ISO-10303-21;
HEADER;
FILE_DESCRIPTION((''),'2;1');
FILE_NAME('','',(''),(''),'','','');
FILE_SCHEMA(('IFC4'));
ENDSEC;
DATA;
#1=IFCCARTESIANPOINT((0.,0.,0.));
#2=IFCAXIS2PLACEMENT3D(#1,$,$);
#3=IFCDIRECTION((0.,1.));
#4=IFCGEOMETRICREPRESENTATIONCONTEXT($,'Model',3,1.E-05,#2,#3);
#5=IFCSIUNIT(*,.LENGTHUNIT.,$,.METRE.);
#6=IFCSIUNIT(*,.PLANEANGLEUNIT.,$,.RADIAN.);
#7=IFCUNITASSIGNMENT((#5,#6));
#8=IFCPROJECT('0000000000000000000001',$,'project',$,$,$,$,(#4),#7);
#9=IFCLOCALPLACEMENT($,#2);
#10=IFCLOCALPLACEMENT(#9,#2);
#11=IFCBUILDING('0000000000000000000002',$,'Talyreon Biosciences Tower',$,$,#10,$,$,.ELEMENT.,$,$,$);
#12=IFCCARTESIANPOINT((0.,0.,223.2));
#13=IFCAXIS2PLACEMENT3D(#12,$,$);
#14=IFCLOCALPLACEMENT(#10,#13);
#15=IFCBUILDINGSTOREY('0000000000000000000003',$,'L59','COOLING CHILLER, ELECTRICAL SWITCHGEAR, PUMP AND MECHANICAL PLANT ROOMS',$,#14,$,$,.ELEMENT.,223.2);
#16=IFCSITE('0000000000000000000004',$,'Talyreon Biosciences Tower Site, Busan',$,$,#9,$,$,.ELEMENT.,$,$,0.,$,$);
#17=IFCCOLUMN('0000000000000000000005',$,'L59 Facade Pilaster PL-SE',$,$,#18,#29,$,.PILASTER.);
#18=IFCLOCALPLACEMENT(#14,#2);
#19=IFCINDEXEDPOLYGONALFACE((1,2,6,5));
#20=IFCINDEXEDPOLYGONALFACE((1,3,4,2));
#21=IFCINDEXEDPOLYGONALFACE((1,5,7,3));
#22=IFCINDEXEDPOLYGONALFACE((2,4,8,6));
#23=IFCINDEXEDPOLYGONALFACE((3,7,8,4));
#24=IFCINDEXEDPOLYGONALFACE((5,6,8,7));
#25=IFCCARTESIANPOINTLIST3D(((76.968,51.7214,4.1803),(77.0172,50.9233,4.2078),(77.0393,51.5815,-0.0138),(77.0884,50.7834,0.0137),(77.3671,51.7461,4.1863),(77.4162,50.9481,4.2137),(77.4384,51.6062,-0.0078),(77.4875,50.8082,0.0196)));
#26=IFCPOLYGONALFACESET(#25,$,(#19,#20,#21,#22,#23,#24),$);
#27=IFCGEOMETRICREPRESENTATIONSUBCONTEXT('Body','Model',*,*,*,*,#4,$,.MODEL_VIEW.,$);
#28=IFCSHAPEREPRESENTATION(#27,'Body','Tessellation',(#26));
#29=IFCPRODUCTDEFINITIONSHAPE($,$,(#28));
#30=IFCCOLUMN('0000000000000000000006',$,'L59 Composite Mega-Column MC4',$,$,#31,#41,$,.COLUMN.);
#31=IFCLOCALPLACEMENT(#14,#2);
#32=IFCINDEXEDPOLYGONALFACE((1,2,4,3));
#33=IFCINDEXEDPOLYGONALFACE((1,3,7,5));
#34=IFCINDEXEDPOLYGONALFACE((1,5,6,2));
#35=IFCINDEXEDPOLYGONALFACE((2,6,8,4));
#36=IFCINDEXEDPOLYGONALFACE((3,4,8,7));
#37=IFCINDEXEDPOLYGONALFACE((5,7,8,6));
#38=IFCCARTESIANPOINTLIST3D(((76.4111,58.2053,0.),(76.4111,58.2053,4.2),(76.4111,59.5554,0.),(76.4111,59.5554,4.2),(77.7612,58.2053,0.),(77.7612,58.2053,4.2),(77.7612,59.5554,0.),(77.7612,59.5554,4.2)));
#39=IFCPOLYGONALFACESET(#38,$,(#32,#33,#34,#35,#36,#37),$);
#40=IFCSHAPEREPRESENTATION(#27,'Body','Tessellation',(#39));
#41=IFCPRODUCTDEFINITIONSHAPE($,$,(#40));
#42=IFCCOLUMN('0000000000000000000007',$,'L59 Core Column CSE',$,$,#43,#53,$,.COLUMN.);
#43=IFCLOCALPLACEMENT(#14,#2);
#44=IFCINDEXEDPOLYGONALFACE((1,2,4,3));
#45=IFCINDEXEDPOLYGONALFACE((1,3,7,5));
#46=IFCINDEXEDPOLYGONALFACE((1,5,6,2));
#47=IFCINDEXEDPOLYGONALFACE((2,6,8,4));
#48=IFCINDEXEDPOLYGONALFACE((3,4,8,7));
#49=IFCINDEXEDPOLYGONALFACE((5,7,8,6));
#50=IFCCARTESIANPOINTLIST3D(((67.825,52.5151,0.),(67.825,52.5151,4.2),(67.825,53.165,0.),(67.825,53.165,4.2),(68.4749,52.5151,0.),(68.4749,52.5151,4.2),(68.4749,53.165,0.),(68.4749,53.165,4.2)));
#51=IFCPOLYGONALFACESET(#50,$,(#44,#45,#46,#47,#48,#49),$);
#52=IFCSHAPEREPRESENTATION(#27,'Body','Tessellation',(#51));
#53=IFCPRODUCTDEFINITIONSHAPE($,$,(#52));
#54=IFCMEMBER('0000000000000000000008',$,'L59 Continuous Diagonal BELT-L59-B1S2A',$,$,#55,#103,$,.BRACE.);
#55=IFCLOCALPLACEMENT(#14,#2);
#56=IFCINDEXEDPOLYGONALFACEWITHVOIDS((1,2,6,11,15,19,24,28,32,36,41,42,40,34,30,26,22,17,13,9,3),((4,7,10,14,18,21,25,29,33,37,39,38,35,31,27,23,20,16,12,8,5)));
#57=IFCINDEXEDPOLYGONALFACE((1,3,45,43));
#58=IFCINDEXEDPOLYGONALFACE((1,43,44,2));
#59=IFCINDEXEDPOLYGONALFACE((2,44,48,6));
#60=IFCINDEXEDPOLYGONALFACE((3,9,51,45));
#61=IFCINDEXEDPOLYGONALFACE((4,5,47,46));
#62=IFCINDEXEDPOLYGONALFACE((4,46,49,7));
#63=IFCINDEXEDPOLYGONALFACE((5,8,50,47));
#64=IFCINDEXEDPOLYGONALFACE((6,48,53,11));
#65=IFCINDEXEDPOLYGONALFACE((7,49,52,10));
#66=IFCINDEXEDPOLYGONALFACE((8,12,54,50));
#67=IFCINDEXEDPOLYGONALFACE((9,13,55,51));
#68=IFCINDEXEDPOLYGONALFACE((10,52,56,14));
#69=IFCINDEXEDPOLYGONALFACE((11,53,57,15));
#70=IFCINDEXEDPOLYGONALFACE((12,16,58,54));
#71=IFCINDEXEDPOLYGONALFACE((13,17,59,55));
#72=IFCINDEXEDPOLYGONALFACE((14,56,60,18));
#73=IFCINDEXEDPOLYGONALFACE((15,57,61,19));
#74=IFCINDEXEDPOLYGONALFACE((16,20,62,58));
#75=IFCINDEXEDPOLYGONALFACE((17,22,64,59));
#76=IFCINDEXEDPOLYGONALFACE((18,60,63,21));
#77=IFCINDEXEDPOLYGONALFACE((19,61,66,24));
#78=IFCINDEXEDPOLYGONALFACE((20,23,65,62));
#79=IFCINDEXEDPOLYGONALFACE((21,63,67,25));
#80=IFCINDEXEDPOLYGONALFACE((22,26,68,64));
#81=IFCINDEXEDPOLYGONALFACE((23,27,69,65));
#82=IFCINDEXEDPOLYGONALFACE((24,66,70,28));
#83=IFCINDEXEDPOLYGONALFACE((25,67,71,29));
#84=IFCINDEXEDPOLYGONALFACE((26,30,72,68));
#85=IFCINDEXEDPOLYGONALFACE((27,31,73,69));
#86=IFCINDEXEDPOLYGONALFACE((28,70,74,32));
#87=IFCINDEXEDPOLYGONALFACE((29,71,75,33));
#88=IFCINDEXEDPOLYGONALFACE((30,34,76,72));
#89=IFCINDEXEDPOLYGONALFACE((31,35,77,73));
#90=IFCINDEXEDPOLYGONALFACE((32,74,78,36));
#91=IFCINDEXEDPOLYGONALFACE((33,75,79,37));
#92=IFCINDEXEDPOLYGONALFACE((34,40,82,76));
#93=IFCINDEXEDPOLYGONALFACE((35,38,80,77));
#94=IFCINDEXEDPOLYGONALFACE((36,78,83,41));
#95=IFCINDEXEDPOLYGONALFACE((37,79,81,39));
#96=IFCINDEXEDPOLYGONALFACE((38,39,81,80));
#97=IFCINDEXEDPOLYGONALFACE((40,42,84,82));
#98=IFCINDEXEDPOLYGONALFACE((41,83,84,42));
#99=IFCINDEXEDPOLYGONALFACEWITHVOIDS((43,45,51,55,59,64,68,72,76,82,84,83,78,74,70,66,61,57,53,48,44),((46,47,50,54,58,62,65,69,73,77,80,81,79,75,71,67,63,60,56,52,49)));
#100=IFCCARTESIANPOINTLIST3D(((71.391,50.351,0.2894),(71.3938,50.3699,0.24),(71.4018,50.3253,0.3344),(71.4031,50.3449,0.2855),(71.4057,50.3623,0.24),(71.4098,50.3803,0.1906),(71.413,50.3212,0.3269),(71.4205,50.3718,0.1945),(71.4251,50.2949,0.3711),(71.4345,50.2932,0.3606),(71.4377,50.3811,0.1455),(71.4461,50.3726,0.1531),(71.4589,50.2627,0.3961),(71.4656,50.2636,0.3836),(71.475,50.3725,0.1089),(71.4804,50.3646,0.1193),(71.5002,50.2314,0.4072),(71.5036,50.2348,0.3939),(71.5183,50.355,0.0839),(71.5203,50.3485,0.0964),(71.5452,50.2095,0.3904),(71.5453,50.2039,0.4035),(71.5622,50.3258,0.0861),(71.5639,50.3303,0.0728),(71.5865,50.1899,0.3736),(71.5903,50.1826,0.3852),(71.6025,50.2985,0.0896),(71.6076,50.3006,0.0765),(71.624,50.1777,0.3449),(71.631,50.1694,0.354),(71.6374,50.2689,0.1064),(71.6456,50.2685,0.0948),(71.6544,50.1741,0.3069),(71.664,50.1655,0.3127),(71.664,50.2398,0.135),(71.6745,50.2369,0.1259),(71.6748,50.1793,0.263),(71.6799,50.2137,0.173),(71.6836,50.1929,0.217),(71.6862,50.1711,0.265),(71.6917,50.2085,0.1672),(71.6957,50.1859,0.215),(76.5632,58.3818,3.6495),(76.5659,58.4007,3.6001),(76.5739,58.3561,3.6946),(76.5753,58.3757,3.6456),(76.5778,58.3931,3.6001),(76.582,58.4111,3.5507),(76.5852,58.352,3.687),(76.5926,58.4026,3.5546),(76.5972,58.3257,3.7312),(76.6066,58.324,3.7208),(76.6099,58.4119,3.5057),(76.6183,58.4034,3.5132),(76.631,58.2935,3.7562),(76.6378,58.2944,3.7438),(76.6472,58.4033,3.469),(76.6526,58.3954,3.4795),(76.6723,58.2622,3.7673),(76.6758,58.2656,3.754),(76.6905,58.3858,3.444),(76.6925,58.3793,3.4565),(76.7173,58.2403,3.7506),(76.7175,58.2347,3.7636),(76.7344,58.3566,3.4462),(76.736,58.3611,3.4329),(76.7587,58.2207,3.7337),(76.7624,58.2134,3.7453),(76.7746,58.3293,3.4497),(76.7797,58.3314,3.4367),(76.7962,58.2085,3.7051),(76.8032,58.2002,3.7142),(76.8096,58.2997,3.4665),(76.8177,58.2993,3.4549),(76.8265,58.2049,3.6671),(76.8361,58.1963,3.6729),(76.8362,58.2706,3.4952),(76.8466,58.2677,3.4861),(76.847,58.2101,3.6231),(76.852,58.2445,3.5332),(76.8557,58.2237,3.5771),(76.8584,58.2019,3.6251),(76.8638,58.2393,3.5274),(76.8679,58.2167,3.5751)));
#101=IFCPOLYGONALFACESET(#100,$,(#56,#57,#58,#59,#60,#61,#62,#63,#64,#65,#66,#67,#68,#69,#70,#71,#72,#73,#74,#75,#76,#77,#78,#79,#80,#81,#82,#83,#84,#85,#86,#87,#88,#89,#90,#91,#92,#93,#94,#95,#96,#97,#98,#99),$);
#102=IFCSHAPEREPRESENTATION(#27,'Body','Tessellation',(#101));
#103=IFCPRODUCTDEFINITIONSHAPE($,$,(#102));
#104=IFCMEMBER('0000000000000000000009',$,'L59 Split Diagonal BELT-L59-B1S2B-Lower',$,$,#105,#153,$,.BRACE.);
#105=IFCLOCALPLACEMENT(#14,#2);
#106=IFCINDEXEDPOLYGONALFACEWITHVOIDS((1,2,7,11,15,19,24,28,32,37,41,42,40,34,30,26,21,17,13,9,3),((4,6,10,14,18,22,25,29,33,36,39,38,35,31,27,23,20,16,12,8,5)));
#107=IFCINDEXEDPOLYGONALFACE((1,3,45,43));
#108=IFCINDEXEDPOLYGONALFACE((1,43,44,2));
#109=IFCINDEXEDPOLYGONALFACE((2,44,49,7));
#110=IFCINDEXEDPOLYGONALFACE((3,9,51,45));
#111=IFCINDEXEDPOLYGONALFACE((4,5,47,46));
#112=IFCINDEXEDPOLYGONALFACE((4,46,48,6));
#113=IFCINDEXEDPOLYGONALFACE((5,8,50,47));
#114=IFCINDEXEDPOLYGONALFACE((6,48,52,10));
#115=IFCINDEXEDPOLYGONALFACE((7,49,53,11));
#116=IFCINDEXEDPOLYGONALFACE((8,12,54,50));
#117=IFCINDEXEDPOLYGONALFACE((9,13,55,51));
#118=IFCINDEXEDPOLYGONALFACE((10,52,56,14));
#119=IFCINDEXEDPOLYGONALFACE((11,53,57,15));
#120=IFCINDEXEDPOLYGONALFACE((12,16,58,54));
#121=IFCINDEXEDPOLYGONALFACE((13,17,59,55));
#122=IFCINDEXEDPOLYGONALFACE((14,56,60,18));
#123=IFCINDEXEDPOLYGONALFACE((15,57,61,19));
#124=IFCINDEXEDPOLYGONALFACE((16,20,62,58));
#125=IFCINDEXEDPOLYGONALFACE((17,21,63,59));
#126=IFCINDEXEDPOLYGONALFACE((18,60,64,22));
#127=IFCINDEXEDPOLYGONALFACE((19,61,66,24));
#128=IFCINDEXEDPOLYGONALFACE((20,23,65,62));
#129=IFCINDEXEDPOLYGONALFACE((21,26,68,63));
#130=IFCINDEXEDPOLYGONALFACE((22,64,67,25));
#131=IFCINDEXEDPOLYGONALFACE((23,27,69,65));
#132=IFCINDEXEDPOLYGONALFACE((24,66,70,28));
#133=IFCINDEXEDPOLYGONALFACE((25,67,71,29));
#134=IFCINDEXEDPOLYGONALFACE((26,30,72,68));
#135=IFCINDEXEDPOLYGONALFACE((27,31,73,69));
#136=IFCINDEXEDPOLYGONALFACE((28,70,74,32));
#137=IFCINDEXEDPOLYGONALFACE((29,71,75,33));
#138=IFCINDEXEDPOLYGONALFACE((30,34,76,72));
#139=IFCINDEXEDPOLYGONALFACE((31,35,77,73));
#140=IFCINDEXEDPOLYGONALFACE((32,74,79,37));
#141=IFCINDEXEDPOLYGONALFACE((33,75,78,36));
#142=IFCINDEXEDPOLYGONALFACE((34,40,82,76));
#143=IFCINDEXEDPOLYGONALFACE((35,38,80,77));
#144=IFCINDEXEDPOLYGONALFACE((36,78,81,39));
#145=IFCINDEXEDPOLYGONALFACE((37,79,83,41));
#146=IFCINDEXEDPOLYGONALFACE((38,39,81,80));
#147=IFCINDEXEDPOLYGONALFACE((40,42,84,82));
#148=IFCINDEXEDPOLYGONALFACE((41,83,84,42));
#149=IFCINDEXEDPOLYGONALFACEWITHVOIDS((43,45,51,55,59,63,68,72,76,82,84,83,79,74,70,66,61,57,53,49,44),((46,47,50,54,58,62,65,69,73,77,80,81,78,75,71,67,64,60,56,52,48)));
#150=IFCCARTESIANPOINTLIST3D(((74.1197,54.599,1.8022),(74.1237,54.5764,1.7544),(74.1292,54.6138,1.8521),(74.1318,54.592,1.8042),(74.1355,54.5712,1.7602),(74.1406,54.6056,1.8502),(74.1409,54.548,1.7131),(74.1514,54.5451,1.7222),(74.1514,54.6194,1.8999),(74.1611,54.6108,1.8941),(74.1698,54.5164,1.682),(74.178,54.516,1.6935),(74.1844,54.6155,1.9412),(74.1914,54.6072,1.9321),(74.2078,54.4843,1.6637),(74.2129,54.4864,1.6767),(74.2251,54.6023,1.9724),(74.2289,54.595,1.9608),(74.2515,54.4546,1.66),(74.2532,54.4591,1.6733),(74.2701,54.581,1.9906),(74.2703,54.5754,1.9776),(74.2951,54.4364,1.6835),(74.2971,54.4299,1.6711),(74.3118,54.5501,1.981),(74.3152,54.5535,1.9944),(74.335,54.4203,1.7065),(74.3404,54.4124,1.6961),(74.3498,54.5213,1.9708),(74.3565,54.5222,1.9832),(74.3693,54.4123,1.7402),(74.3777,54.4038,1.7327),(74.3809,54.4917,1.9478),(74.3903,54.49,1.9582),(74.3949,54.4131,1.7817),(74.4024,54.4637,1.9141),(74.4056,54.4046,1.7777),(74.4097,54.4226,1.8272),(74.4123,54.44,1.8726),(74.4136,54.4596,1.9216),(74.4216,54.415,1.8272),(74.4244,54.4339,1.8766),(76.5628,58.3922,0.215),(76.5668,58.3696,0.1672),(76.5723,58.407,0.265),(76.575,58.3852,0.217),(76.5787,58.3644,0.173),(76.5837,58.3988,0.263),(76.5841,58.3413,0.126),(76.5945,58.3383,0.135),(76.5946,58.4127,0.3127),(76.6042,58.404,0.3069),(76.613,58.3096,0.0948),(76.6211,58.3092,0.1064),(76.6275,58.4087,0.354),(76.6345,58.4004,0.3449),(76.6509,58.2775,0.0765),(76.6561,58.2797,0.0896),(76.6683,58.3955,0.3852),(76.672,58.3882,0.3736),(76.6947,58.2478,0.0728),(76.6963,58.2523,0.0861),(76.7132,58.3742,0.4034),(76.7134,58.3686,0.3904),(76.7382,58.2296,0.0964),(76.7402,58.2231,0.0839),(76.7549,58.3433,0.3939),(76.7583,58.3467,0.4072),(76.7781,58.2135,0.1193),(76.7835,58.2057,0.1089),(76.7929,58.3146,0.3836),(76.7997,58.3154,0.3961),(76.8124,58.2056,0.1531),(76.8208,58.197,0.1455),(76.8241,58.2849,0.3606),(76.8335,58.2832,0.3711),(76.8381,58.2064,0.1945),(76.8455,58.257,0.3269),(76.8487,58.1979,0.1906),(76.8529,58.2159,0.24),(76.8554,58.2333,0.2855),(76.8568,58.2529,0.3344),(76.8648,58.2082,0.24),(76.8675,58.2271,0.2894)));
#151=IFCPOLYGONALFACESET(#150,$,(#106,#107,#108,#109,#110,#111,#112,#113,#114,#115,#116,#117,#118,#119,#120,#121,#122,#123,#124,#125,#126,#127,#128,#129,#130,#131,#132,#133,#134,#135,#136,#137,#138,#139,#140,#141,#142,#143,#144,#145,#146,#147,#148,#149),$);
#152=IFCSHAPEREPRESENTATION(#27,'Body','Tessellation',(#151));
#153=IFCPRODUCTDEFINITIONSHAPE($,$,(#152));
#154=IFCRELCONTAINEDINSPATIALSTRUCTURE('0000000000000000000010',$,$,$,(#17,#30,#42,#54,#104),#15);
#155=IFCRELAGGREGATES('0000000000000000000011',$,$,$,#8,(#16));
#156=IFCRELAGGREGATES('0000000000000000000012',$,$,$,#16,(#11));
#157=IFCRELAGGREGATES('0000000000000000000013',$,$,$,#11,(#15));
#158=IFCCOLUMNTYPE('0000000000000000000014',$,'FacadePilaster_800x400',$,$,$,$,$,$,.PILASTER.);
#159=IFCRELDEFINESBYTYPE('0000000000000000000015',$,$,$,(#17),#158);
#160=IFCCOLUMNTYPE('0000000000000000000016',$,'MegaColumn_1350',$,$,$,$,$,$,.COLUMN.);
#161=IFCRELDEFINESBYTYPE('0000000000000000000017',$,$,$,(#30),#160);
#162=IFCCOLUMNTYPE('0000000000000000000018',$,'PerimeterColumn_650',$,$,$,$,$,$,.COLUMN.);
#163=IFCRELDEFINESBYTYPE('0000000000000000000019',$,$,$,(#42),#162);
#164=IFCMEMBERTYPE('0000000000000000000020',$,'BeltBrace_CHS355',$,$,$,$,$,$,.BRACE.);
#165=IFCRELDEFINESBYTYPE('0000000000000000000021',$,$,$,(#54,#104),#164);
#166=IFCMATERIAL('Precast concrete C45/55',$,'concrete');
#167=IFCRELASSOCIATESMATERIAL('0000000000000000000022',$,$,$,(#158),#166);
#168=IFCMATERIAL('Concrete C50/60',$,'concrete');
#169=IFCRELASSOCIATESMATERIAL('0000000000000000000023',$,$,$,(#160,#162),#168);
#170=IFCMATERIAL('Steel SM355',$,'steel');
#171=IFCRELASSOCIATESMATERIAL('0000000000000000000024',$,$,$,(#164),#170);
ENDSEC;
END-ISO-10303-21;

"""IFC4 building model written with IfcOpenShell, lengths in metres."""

from ifc_helpers import new_model, si_unit, direction, frame, origin, origin_2d, place, context, subcontext, project, spatial, rectangle, hollow_circle, extrude, material, material_profile, profile_set, type_object, element, save


model = new_model("IFC4")

# Units and contexts
model_context = context("Model", 3, precision=1e-05, world=origin(), true_north=direction((0.0, 1.0)))
body_context = subcontext(model_context, "Body", "Model", "MODEL_VIEW")
ifc_project = project(units=[si_unit("LENGTHUNIT", "METRE"), si_unit("PLANEANGLEUNIT", "RADIAN")], contexts=[model_context])

# Site, building, storey
site_placement = place(None, origin())
site = spatial("IfcSite", under=ifc_project, at=site_placement, Name="Talyreon Biosciences Tower Site, Busan", CompositionType="ELEMENT", RefElevation=0.0)
building_placement = place(site_placement, origin())
building = spatial("IfcBuilding", under=site, at=building_placement, Name="Talyreon Biosciences Tower", CompositionType="ELEMENT")
storey_placement = place(building_placement, frame((0.0, 0.0, 223.2)))
storey = spatial("IfcBuildingStorey", under=building, at=storey_placement, Name="L59", Description="COOLING CHILLER, ELECTRICAL SWITCHGEAR, PUMP AND MECHANICAL PLANT ROOMS", CompositionType="ELEMENT", Elevation=223.2)

# Columns
ifc_material_1 = material(Name="Precast concrete C45/55", Category="concrete")
ifc_material_profile_1 = material_profile(ifc_material_1, rectangle(XDim=0.8, YDim=0.3999, at=origin_2d()), Name="RC 800x400")
ifc_profile_set_1 = profile_set([ifc_material_profile_1], Name="Precast concrete C45/55")
column_type_1 = type_object("IfcColumnType", Name="FacadePilaster_800x400", PredefinedType="PILASTER", material=ifc_profile_set_1)
column_1_placement = place(storey_placement, frame((77.2634, 51.1948, 0.0029), z_axis=(-0.016986, 0.033331, 0.9993), x_axis=(0.061407, -0.997523, 0.034316)))
element("IfcColumn", 1, at=column_1_placement, inside=storey, type_object=column_type_1, Name="L59 Facade Pilaster PL-SE", PredefinedType="PILASTER", context=body_context, shape_type="SweptSolid", body=[
    extrude(rectangle(XDim=0.8, YDim=0.3999, at=origin_2d()), origin(), (0.0, 0.0, 1.0), 4.197),
])
ifc_material_2 = material(Name="Concrete C50/60", Category="concrete")
ifc_material_profile_2 = material_profile(ifc_material_2, rectangle(XDim=1.3501, YDim=1.3501, at=origin_2d()), Name="RC 1350x1350")
ifc_profile_set_2 = profile_set([ifc_material_profile_2], Name="Concrete C50/60")
column_type_2 = type_object("IfcColumnType", Name="MegaColumn_1350", PredefinedType="COLUMN", material=ifc_profile_set_2)
column_2_placement = place(storey_placement, frame((77.0862, 58.8804, 0.0), z_axis=(0.0, 0.0, 1.0), x_axis=(1.0, 0.0, 0.0)))
element("IfcColumn", 2, at=column_2_placement, inside=storey, type_object=column_type_2, Name="L59 Composite Mega-Column MC4", PredefinedType="COLUMN", context=body_context, shape_type="SweptSolid", body=[
    extrude(rectangle(XDim=1.3501, YDim=1.3501, at=origin_2d()), origin(), (0.0, 0.0, 1.0), 4.2),
])
ifc_material_profile_3 = material_profile(ifc_material_2, rectangle(XDim=0.6499, YDim=0.6499, at=origin_2d()), Name="RC 650x650")
ifc_profile_set_3 = profile_set([ifc_material_profile_3], Name="Concrete C50/60")
column_type_3 = type_object("IfcColumnType", Name="PerimeterColumn_650", PredefinedType="COLUMN", material=ifc_profile_set_3)
column_3_placement = place(storey_placement, frame((68.1499, 52.8401, 0.0), z_axis=(0.0, 0.0, 1.0), x_axis=(1.0, 0.0, 0.0)))
element("IfcColumn", 3, at=column_3_placement, inside=storey, type_object=column_type_3, Name="L59 Core Column CSE", PredefinedType="COLUMN", context=body_context, shape_type="SweptSolid", body=[
    extrude(rectangle(XDim=0.6499, YDim=0.6499, at=origin_2d()), origin(), (0.0, 0.0, 1.0), 4.2),
])

# Members
ifc_material_3 = material(Name="Steel SM355", Category="steel")
ifc_material_profile_4 = material_profile(ifc_material_3, hollow_circle(Radius=0.1777, WallThickness=0.0142, at=origin_2d()), Name="CHS 355.6x14.2")
ifc_profile_set_4 = profile_set([ifc_material_profile_4], Name="Steel SM355")
member_type_1 = type_object("IfcMemberType", Name="BeltBrace_CHS355", PredefinedType="BRACE", material=ifc_profile_set_4)
member_1_placement = place(storey_placement, frame((71.5432, 50.2737, 0.24), z_axis=(0.51078, 0.79309, 0.331832), x_axis=(-0.840726, 0.54146, 0.0)))
element("IfcMember", 4, at=member_1_placement, inside=storey, type_object=member_type_1, Name="L59 Continuous Diagonal BELT-L59-B1S2A", PredefinedType="BRACE", context=body_context, shape_type="SweptSolid", body=[
    extrude(hollow_circle(Radius=0.1777, WallThickness=0.0142, at=origin_2d()), origin(), (0.0, 0.0, 1.0), 10.126),
])
member_2_placement = place(storey_placement, frame((76.7153, 58.3044, 0.24), z_axis=(-0.5108, -0.793074, 0.331839), x_axis=(0.840712, -0.541482, 0.0)))
element("IfcMember", 5, at=member_2_placement, inside=storey, type_object=member_type_1, Name="L59 Split Diagonal BELT-L59-B1S2B-Lower", PredefinedType="BRACE", context=body_context, shape_type="SweptSolid", body=[
    extrude(hollow_circle(Radius=0.1777, WallThickness=0.0142, at=origin_2d()), origin(), (0.0, 0.0, 1.0), 4.783),
])

save(model, "model.ifc")
